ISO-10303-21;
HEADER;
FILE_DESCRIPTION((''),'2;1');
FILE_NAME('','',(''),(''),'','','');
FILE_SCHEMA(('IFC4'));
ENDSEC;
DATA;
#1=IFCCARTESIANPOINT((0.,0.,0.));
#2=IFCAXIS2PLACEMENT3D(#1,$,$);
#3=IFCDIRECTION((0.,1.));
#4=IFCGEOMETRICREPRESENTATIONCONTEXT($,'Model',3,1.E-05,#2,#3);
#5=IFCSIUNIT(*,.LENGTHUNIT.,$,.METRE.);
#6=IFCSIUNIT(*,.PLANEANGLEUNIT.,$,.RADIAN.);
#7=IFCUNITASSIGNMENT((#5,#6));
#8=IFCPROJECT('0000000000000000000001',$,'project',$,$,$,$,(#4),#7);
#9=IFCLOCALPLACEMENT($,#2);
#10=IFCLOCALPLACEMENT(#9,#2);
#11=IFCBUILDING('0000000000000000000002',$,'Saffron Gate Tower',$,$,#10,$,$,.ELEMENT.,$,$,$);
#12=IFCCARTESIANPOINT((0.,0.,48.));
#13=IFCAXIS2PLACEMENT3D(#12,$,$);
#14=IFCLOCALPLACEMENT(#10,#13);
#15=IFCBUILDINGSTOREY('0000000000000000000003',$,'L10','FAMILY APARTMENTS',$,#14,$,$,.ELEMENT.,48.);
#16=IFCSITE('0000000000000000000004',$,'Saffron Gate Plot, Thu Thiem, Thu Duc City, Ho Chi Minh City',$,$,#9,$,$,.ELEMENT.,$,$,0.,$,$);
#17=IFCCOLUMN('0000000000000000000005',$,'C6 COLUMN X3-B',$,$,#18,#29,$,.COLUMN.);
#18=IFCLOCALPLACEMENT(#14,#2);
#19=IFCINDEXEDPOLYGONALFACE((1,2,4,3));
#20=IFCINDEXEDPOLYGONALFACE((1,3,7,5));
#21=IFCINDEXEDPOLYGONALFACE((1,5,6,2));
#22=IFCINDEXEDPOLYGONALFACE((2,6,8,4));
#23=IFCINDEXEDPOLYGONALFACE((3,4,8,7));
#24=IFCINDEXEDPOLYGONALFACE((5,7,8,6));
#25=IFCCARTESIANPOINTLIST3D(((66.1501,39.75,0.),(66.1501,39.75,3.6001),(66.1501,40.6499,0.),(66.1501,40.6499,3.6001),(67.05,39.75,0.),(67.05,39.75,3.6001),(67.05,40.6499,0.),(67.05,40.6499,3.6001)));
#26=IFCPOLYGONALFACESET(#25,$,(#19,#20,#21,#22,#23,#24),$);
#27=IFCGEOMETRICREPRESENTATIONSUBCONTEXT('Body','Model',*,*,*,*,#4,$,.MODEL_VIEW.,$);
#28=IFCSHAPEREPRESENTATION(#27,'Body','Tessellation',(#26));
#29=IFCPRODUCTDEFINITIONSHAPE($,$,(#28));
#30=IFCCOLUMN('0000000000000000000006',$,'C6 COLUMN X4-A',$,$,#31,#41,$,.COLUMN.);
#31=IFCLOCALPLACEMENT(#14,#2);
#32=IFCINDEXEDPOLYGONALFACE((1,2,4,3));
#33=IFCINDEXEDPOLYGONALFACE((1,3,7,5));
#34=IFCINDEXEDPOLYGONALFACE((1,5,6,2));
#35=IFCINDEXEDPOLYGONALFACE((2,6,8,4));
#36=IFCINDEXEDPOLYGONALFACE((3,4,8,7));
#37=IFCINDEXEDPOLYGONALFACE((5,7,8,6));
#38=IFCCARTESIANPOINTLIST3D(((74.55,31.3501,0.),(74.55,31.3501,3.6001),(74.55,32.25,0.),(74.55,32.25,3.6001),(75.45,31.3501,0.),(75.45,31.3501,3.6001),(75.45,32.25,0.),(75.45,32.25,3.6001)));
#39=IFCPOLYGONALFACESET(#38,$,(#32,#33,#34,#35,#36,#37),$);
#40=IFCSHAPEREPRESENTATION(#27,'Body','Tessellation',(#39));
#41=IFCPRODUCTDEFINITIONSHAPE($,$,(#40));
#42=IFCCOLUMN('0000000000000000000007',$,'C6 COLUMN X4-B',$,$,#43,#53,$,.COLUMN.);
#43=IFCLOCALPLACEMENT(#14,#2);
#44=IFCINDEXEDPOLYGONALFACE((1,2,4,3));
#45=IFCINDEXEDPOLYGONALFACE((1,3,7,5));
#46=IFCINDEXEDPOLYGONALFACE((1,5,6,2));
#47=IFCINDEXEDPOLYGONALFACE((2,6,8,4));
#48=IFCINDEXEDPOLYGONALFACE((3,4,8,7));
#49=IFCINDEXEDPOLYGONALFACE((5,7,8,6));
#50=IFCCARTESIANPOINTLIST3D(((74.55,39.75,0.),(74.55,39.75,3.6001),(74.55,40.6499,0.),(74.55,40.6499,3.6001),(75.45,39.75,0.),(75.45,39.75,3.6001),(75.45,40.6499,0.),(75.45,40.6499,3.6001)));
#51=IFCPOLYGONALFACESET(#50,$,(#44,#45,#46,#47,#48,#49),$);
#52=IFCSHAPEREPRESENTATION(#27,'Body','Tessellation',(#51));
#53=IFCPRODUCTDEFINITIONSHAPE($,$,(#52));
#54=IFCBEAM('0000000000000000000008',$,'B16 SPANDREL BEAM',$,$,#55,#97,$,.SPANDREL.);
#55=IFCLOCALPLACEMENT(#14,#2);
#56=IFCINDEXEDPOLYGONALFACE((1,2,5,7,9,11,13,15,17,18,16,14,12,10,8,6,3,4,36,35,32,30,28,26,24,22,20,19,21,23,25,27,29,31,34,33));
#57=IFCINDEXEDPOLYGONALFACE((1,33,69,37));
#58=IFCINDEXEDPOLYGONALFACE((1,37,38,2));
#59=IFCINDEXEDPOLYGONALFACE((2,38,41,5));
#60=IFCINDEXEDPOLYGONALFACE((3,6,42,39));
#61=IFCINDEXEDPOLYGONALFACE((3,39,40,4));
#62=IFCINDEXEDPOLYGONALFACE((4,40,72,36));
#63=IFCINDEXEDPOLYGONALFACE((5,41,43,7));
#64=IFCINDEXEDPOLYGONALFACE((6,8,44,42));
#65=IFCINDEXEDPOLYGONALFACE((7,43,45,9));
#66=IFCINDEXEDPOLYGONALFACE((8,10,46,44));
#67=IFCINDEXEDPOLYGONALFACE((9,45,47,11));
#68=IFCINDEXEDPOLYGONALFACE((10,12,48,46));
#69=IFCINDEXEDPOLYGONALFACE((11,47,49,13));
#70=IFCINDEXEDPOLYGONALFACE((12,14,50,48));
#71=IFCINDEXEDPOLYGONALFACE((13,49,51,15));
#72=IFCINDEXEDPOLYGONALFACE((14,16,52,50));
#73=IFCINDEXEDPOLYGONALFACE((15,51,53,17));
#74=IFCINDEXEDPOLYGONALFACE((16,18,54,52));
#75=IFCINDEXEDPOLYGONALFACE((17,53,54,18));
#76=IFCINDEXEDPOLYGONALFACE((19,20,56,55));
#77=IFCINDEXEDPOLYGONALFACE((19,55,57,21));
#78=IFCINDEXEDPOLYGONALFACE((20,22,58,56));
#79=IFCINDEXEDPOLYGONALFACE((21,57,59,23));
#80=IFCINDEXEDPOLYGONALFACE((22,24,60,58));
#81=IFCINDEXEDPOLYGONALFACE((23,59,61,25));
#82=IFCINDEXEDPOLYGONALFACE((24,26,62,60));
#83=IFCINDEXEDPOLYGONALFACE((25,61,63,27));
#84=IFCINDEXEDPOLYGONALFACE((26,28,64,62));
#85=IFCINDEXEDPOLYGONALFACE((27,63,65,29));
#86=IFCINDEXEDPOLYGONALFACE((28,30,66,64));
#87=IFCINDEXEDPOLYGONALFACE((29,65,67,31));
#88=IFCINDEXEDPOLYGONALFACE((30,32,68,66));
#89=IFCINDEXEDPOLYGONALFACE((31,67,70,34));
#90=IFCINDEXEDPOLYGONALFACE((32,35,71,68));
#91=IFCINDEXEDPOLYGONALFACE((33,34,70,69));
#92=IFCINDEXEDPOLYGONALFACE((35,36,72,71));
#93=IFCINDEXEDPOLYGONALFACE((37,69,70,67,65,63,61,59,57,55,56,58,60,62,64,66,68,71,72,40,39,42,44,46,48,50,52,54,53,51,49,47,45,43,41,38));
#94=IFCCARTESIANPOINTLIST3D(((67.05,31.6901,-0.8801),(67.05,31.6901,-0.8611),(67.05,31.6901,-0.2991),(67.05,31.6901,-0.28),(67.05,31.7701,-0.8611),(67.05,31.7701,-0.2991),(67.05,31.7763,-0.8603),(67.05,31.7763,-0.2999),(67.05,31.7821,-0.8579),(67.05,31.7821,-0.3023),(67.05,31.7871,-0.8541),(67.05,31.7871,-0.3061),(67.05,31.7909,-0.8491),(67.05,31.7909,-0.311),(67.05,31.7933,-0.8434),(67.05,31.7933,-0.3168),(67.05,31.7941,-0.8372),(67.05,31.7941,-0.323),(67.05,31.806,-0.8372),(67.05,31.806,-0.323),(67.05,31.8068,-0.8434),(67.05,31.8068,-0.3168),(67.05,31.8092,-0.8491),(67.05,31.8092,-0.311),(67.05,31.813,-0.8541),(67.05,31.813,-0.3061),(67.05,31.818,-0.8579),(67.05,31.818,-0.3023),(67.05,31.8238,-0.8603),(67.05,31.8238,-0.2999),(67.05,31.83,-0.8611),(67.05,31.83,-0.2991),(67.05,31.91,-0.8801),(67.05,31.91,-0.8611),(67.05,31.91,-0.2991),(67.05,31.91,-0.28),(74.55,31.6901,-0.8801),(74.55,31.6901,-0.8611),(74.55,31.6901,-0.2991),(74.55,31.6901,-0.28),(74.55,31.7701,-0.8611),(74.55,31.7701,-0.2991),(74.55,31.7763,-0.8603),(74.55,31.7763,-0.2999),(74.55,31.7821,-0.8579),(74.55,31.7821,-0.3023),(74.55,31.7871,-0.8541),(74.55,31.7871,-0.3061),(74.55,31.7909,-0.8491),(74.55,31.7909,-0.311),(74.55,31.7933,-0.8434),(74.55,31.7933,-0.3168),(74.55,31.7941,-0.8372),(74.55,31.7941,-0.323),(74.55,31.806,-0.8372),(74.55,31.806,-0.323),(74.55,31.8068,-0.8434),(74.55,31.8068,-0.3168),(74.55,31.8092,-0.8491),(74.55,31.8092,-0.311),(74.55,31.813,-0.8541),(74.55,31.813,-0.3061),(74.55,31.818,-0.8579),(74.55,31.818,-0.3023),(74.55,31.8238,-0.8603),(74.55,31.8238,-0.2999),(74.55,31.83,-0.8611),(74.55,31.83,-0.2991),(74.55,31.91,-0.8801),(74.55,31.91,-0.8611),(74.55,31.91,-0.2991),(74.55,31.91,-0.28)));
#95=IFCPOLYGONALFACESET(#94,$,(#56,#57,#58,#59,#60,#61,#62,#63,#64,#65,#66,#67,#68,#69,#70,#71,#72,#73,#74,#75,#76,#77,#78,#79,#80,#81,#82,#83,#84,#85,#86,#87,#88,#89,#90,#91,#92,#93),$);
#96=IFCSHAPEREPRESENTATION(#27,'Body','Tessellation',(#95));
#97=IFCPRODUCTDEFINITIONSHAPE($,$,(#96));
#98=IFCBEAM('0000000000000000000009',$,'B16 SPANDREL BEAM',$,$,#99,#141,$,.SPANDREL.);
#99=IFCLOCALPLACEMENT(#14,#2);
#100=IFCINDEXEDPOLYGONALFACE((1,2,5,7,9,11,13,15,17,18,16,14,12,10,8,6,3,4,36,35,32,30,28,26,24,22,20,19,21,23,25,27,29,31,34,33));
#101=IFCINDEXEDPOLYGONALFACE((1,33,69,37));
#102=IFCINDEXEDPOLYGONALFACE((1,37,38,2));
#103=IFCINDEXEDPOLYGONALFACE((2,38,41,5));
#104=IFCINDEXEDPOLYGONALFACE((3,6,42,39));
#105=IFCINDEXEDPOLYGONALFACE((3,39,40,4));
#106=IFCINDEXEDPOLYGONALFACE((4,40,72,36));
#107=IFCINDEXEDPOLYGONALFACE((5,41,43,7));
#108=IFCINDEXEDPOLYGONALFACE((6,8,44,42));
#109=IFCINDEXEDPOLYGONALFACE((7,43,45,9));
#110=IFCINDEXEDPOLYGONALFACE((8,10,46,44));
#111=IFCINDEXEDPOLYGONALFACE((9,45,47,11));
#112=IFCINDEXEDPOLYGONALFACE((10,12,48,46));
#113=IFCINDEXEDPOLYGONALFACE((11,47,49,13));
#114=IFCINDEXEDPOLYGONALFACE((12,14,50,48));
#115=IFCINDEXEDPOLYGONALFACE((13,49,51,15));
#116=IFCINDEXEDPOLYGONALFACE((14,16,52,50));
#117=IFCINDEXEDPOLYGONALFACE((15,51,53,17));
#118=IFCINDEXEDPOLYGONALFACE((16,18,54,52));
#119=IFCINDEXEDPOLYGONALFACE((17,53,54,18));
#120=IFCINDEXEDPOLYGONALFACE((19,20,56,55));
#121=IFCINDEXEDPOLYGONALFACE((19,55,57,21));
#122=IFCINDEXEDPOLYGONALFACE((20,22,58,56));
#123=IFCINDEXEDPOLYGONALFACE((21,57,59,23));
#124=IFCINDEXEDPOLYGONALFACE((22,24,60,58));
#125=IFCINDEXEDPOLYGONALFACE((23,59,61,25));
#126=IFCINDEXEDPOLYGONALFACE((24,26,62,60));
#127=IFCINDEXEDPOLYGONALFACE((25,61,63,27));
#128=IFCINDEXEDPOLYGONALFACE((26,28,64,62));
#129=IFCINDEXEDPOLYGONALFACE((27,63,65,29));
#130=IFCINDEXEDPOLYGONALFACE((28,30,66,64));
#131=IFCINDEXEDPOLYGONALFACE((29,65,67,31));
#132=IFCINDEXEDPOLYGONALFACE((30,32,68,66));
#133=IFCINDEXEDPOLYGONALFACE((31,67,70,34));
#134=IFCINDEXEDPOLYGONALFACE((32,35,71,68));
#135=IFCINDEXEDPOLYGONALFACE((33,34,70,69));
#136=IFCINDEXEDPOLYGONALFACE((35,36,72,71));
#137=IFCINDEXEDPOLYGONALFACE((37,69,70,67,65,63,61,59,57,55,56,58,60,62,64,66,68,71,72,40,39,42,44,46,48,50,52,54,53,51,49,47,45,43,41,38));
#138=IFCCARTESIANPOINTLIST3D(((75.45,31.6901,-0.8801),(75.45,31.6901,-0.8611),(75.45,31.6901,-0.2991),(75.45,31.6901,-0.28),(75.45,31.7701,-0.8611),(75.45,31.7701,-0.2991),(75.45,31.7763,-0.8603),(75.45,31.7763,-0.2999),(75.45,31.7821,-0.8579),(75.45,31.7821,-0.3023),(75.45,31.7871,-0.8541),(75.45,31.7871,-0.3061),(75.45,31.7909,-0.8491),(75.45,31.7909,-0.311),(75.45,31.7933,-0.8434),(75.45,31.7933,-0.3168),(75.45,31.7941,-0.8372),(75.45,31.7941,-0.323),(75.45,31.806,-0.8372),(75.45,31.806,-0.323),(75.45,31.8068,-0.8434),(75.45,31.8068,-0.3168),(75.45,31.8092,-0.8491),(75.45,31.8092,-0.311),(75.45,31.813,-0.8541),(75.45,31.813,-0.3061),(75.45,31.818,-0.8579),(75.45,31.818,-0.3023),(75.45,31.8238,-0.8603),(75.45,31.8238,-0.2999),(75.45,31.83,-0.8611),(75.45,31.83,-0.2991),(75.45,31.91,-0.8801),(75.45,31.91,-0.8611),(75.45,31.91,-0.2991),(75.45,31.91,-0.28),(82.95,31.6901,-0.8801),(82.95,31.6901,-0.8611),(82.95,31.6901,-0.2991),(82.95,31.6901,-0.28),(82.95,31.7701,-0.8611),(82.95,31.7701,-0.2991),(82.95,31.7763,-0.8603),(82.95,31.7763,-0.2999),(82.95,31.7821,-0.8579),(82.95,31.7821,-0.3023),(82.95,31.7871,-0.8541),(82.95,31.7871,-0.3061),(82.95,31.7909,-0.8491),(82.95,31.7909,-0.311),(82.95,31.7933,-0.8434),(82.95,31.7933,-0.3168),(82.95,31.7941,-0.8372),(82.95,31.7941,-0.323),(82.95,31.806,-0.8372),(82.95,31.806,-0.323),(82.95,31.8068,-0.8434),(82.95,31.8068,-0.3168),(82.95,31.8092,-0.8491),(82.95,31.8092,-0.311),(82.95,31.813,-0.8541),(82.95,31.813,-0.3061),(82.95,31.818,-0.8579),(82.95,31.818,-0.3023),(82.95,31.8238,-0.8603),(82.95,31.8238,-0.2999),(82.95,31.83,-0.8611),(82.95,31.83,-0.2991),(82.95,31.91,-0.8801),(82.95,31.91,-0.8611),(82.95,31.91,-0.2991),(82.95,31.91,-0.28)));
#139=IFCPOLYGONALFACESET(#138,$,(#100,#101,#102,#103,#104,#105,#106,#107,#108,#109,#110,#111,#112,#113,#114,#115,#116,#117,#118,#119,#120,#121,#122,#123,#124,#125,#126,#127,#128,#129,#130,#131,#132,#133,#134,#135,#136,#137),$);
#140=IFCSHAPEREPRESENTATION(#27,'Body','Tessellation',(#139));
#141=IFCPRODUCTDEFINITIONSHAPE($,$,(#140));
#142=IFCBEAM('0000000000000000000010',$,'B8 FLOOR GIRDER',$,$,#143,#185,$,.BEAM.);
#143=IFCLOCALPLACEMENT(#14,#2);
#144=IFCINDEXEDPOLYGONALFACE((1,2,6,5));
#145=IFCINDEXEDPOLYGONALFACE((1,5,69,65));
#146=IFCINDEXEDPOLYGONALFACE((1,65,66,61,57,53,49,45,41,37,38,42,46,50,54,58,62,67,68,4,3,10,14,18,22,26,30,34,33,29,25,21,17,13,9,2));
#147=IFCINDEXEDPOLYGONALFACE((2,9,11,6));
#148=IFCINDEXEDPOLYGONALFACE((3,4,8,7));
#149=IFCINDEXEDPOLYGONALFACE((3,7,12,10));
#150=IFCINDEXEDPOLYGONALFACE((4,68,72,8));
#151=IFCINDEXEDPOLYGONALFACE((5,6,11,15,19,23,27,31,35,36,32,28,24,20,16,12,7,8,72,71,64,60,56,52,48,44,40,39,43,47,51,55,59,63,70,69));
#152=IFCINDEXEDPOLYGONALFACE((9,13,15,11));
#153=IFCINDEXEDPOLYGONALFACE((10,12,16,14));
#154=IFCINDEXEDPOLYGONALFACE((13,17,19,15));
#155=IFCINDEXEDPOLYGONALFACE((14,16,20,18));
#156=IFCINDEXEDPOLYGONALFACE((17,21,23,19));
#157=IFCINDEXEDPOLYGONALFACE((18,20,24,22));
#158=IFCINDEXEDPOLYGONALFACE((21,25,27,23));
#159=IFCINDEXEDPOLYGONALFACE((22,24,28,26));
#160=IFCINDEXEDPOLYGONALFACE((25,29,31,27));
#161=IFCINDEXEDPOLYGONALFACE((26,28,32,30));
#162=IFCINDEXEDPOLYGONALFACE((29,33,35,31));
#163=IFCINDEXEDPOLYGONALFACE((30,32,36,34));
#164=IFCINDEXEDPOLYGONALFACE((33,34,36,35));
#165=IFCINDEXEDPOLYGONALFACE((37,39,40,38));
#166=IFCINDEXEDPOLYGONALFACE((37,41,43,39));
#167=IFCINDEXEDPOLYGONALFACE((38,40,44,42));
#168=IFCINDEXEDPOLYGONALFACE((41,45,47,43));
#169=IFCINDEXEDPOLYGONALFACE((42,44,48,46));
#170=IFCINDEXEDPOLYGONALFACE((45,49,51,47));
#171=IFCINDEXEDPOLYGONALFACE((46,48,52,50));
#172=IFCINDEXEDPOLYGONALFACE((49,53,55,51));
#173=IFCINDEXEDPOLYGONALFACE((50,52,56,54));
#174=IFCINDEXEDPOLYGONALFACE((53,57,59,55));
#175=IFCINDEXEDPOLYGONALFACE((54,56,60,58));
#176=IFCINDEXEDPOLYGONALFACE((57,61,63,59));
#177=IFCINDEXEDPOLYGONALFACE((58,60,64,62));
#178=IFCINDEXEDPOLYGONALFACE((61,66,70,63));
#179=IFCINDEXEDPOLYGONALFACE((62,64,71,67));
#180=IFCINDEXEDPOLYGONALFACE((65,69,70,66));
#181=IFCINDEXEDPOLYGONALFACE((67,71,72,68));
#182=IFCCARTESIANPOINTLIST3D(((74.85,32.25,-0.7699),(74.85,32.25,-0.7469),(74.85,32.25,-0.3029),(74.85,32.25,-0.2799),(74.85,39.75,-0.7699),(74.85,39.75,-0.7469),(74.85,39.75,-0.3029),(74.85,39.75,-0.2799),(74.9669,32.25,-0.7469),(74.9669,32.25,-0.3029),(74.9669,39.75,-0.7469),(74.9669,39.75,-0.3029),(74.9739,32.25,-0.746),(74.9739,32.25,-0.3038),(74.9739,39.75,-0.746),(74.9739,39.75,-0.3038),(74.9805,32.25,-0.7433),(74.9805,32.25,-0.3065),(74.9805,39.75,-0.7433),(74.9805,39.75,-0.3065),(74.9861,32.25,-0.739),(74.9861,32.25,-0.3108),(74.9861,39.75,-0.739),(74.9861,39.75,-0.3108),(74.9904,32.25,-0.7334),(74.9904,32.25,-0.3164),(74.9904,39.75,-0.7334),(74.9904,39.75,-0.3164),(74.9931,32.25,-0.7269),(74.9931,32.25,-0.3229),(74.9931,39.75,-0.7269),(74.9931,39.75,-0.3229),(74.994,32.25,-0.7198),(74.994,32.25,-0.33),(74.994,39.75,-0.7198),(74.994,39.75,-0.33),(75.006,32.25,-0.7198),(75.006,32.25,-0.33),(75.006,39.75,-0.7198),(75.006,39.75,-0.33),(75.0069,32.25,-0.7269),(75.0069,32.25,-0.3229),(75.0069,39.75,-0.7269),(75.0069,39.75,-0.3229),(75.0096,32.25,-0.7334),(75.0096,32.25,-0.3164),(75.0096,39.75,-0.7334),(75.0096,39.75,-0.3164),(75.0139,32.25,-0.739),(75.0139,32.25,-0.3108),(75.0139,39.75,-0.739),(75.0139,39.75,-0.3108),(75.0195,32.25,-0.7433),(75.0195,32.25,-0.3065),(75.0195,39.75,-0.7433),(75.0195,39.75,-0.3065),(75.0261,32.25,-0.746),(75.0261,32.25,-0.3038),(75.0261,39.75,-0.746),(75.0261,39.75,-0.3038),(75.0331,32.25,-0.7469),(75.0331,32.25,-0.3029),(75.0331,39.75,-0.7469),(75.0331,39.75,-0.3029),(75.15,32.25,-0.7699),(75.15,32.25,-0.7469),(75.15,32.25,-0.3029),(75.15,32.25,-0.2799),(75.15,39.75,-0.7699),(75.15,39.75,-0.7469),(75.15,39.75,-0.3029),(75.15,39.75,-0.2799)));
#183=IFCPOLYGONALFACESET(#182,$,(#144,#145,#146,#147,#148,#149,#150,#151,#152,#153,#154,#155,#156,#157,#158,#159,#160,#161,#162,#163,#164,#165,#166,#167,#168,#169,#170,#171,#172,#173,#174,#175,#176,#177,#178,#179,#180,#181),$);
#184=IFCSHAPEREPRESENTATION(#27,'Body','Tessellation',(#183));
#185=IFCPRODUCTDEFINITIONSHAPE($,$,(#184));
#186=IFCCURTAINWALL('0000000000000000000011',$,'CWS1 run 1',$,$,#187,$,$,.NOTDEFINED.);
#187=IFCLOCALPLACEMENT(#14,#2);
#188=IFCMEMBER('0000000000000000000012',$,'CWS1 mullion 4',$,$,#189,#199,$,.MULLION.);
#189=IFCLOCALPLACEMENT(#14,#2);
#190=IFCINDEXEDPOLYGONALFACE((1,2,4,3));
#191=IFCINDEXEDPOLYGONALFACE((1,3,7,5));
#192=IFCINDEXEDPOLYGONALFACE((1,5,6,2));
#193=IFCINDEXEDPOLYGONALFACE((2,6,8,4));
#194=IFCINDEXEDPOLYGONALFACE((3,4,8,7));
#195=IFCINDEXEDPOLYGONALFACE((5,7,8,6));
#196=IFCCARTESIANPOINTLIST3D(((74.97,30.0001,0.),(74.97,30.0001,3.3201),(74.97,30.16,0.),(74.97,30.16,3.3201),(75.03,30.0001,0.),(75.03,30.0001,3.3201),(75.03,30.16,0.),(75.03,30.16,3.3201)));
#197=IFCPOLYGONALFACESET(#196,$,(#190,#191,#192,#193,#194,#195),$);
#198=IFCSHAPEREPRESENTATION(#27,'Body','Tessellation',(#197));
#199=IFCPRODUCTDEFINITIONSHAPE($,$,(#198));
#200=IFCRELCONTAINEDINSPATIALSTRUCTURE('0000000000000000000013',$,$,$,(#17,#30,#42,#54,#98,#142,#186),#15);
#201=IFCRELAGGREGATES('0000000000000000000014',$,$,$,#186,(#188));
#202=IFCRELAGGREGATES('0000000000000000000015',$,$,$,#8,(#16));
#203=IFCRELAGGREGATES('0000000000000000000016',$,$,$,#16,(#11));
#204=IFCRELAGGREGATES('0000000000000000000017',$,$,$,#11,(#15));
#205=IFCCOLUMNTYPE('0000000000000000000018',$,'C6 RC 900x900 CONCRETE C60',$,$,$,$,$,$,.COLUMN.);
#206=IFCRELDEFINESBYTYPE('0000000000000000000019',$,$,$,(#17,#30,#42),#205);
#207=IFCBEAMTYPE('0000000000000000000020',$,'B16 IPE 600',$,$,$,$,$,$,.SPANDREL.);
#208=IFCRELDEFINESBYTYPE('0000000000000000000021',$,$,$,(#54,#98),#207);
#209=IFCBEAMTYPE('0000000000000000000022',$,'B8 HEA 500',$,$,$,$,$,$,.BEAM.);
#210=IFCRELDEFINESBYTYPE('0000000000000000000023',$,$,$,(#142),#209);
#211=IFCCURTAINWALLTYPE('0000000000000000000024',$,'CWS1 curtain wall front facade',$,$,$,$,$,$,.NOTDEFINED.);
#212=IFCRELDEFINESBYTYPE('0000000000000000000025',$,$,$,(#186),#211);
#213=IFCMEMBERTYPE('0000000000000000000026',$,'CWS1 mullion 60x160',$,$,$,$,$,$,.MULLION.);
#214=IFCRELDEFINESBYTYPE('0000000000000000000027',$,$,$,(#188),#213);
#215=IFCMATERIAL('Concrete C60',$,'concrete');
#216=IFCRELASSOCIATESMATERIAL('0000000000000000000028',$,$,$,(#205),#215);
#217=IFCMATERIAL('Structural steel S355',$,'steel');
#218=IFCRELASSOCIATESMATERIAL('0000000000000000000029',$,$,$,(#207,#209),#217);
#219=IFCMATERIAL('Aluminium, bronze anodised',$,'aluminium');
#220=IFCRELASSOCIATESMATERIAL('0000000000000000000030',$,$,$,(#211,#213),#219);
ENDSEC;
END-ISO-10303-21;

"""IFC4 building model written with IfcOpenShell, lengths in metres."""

from ifc_helpers import new_model, si_unit, direction, frame, origin, origin_2d, place, context, subcontext, project, spatial, rectangle, i_section, extrude, material, material_profile, profile_set, type_object, element, aggregate, save


model = new_model("IFC4")

# Units and contexts
model_context = context("Model", 3, precision=1e-05, world=origin(), true_north=direction((0.0, 1.0)))
body_context = subcontext(model_context, "Body", "Model", "MODEL_VIEW")
ifc_project = project(units=[si_unit("LENGTHUNIT", "METRE"), si_unit("PLANEANGLEUNIT", "RADIAN")], contexts=[model_context])

# Site, building, storey
site_placement = place(None, origin())
site = spatial("IfcSite", under=ifc_project, at=site_placement, Name="Saffron Gate Plot, Thu Thiem, Thu Duc City, Ho Chi Minh City", CompositionType="ELEMENT", RefElevation=0.0)
building_placement = place(site_placement, origin())
building = spatial("IfcBuilding", under=site, at=building_placement, Name="Saffron Gate Tower", CompositionType="ELEMENT")
storey_placement = place(building_placement, frame((0.0, 0.0, 48.0)))
storey = spatial("IfcBuildingStorey", under=building, at=storey_placement, Name="L10", Description="FAMILY APARTMENTS", CompositionType="ELEMENT", Elevation=48.0)

# Columns
ifc_material_1 = material(Name="Concrete C60", Category="concrete")
ifc_material_profile_1 = material_profile(ifc_material_1, rectangle(XDim=0.8999, YDim=0.8999, at=origin_2d()))
ifc_profile_set_1 = profile_set([ifc_material_profile_1], Name="Concrete C60")
column_type = type_object("IfcColumnType", Name="C6 RC 900x900 CONCRETE C60", PredefinedType="COLUMN", material=ifc_profile_set_1)
for number, where, z_axis, x_axis, name in (
    (1, (66.6001, 40.2, 0.0), (0.0, 0.0, 1.0), (1.0, 0.0, 0.0), "C6 COLUMN X3-B"),
    (2, (75.0, 31.8, 0.0), (0.0, 0.0, 1.0), (1.0, 0.0, 0.0), "C6 COLUMN X4-A"),
    (3, (75.0, 40.2, 0.0), (0.0, 0.0, 1.0), (1.0, 0.0, 0.0), "C6 COLUMN X4-B"),
):
    element("IfcColumn", number, at=place(storey_placement, frame(where, z_axis=z_axis, x_axis=x_axis)), inside=storey, type_object=column_type, Name=name, PredefinedType="COLUMN", context=body_context, shape_type="SweptSolid", body=[
        extrude(rectangle(XDim=0.8999, YDim=0.8999, at=origin_2d()), origin(), (0.0, 0.0, 1.0), 3.6001),
    ])

# Beams
ifc_material_2 = material(Name="Structural steel S355", Category="steel")
ifc_material_profile_2 = material_profile(ifc_material_2, i_section(OverallWidth=0.22, OverallDepth=0.6001, WebThickness=0.012, FlangeThickness=0.019, FilletRadius=0.0239, at=origin_2d()))
ifc_profile_set_2 = profile_set([ifc_material_profile_2], Name="Structural steel S355")
beam_type_1 = type_object("IfcBeamType", Name="B16 IPE 600", PredefinedType="SPANDREL", material=ifc_profile_set_2)
for number, where, z_axis, x_axis, name in (
    (4, (67.05, 31.8, -0.5801), (1.0, 0.0, 0.0), (0.0, 1.0, 0.0), "B16 SPANDREL BEAM"),
    (5, (75.45, 31.8, -0.5801), (1.0, 0.0, 0.0), (0.0, 1.0, 0.0), "B16 SPANDREL BEAM"),
):
    element("IfcBeam", number, at=place(storey_placement, frame(where, z_axis=z_axis, x_axis=x_axis)), inside=storey, type_object=beam_type_1, Name=name, PredefinedType="SPANDREL", context=body_context, shape_type="SweptSolid", body=[
        extrude(i_section(OverallWidth=0.22, OverallDepth=0.6001, WebThickness=0.012, FlangeThickness=0.019, FilletRadius=0.0239, at=origin_2d()), origin(), (0.0, 0.0, 1.0), 7.5),
    ])
ifc_material_profile_3 = material_profile(ifc_material_2, i_section(OverallWidth=0.3, OverallDepth=0.49, WebThickness=0.012, FlangeThickness=0.0229, FilletRadius=0.0271, at=origin_2d()))
ifc_profile_set_3 = profile_set([ifc_material_profile_3], Name="Structural steel S355")
beam_type_2 = type_object("IfcBeamType", Name="B8 HEA 500", PredefinedType="BEAM", material=ifc_profile_set_3)
beam_placement = place(storey_placement, frame((75.0, 32.25, -0.5249), z_axis=(0.0, 1.0, 0.0), x_axis=(-1.0, 0.0, 0.0)))
element("IfcBeam", 6, at=beam_placement, inside=storey, type_object=beam_type_2, Name="B8 FLOOR GIRDER", PredefinedType="BEAM", context=body_context, shape_type="SweptSolid", body=[
    extrude(i_section(OverallWidth=0.3, OverallDepth=0.49, WebThickness=0.012, FlangeThickness=0.0229, FilletRadius=0.0271, at=origin_2d()), origin(), (0.0, 0.0, 1.0), 7.5),
])

# Curtain wall, member
ifc_material_3 = material(Name="Aluminium, bronze anodised", Category="aluminium")
curtain_wall_type = type_object("IfcCurtainWallType", Name="CWS1 curtain wall front facade", PredefinedType="NOTDEFINED", material=ifc_material_3)
curtain_wall_placement = place(storey_placement, origin())
curtain_wall = element("IfcCurtainWall", 7, at=curtain_wall_placement, inside=storey, type_object=curtain_wall_type, Name="CWS1 run 1", PredefinedType="NOTDEFINED")
ifc_material_profile_4 = material_profile(ifc_material_3, rectangle(XDim=0.1599, YDim=0.0601, at=origin_2d()))
ifc_profile_set_4 = profile_set([ifc_material_profile_4], Name="Aluminium, bronze anodised")
member_type = type_object("IfcMemberType", Name="CWS1 mullion 60x160", PredefinedType="MULLION", material=ifc_profile_set_4)
member_placement = place(storey_placement, frame((75.0, 30.0801, 0.0), z_axis=(0.0, 0.0, 1.0), x_axis=(0.0, 1.0, 0.0)))
member = element("IfcMember", 8, at=member_placement, type_object=member_type, Name="CWS1 mullion 4", PredefinedType="MULLION", context=body_context, shape_type="SweptSolid", body=[
    extrude(rectangle(XDim=0.1599, YDim=0.0601, at=origin_2d()), origin(), (0.0, 0.0, 1.0), 3.3201),
])
aggregate(curtain_wall, [member])

save(model, "model.ifc")
